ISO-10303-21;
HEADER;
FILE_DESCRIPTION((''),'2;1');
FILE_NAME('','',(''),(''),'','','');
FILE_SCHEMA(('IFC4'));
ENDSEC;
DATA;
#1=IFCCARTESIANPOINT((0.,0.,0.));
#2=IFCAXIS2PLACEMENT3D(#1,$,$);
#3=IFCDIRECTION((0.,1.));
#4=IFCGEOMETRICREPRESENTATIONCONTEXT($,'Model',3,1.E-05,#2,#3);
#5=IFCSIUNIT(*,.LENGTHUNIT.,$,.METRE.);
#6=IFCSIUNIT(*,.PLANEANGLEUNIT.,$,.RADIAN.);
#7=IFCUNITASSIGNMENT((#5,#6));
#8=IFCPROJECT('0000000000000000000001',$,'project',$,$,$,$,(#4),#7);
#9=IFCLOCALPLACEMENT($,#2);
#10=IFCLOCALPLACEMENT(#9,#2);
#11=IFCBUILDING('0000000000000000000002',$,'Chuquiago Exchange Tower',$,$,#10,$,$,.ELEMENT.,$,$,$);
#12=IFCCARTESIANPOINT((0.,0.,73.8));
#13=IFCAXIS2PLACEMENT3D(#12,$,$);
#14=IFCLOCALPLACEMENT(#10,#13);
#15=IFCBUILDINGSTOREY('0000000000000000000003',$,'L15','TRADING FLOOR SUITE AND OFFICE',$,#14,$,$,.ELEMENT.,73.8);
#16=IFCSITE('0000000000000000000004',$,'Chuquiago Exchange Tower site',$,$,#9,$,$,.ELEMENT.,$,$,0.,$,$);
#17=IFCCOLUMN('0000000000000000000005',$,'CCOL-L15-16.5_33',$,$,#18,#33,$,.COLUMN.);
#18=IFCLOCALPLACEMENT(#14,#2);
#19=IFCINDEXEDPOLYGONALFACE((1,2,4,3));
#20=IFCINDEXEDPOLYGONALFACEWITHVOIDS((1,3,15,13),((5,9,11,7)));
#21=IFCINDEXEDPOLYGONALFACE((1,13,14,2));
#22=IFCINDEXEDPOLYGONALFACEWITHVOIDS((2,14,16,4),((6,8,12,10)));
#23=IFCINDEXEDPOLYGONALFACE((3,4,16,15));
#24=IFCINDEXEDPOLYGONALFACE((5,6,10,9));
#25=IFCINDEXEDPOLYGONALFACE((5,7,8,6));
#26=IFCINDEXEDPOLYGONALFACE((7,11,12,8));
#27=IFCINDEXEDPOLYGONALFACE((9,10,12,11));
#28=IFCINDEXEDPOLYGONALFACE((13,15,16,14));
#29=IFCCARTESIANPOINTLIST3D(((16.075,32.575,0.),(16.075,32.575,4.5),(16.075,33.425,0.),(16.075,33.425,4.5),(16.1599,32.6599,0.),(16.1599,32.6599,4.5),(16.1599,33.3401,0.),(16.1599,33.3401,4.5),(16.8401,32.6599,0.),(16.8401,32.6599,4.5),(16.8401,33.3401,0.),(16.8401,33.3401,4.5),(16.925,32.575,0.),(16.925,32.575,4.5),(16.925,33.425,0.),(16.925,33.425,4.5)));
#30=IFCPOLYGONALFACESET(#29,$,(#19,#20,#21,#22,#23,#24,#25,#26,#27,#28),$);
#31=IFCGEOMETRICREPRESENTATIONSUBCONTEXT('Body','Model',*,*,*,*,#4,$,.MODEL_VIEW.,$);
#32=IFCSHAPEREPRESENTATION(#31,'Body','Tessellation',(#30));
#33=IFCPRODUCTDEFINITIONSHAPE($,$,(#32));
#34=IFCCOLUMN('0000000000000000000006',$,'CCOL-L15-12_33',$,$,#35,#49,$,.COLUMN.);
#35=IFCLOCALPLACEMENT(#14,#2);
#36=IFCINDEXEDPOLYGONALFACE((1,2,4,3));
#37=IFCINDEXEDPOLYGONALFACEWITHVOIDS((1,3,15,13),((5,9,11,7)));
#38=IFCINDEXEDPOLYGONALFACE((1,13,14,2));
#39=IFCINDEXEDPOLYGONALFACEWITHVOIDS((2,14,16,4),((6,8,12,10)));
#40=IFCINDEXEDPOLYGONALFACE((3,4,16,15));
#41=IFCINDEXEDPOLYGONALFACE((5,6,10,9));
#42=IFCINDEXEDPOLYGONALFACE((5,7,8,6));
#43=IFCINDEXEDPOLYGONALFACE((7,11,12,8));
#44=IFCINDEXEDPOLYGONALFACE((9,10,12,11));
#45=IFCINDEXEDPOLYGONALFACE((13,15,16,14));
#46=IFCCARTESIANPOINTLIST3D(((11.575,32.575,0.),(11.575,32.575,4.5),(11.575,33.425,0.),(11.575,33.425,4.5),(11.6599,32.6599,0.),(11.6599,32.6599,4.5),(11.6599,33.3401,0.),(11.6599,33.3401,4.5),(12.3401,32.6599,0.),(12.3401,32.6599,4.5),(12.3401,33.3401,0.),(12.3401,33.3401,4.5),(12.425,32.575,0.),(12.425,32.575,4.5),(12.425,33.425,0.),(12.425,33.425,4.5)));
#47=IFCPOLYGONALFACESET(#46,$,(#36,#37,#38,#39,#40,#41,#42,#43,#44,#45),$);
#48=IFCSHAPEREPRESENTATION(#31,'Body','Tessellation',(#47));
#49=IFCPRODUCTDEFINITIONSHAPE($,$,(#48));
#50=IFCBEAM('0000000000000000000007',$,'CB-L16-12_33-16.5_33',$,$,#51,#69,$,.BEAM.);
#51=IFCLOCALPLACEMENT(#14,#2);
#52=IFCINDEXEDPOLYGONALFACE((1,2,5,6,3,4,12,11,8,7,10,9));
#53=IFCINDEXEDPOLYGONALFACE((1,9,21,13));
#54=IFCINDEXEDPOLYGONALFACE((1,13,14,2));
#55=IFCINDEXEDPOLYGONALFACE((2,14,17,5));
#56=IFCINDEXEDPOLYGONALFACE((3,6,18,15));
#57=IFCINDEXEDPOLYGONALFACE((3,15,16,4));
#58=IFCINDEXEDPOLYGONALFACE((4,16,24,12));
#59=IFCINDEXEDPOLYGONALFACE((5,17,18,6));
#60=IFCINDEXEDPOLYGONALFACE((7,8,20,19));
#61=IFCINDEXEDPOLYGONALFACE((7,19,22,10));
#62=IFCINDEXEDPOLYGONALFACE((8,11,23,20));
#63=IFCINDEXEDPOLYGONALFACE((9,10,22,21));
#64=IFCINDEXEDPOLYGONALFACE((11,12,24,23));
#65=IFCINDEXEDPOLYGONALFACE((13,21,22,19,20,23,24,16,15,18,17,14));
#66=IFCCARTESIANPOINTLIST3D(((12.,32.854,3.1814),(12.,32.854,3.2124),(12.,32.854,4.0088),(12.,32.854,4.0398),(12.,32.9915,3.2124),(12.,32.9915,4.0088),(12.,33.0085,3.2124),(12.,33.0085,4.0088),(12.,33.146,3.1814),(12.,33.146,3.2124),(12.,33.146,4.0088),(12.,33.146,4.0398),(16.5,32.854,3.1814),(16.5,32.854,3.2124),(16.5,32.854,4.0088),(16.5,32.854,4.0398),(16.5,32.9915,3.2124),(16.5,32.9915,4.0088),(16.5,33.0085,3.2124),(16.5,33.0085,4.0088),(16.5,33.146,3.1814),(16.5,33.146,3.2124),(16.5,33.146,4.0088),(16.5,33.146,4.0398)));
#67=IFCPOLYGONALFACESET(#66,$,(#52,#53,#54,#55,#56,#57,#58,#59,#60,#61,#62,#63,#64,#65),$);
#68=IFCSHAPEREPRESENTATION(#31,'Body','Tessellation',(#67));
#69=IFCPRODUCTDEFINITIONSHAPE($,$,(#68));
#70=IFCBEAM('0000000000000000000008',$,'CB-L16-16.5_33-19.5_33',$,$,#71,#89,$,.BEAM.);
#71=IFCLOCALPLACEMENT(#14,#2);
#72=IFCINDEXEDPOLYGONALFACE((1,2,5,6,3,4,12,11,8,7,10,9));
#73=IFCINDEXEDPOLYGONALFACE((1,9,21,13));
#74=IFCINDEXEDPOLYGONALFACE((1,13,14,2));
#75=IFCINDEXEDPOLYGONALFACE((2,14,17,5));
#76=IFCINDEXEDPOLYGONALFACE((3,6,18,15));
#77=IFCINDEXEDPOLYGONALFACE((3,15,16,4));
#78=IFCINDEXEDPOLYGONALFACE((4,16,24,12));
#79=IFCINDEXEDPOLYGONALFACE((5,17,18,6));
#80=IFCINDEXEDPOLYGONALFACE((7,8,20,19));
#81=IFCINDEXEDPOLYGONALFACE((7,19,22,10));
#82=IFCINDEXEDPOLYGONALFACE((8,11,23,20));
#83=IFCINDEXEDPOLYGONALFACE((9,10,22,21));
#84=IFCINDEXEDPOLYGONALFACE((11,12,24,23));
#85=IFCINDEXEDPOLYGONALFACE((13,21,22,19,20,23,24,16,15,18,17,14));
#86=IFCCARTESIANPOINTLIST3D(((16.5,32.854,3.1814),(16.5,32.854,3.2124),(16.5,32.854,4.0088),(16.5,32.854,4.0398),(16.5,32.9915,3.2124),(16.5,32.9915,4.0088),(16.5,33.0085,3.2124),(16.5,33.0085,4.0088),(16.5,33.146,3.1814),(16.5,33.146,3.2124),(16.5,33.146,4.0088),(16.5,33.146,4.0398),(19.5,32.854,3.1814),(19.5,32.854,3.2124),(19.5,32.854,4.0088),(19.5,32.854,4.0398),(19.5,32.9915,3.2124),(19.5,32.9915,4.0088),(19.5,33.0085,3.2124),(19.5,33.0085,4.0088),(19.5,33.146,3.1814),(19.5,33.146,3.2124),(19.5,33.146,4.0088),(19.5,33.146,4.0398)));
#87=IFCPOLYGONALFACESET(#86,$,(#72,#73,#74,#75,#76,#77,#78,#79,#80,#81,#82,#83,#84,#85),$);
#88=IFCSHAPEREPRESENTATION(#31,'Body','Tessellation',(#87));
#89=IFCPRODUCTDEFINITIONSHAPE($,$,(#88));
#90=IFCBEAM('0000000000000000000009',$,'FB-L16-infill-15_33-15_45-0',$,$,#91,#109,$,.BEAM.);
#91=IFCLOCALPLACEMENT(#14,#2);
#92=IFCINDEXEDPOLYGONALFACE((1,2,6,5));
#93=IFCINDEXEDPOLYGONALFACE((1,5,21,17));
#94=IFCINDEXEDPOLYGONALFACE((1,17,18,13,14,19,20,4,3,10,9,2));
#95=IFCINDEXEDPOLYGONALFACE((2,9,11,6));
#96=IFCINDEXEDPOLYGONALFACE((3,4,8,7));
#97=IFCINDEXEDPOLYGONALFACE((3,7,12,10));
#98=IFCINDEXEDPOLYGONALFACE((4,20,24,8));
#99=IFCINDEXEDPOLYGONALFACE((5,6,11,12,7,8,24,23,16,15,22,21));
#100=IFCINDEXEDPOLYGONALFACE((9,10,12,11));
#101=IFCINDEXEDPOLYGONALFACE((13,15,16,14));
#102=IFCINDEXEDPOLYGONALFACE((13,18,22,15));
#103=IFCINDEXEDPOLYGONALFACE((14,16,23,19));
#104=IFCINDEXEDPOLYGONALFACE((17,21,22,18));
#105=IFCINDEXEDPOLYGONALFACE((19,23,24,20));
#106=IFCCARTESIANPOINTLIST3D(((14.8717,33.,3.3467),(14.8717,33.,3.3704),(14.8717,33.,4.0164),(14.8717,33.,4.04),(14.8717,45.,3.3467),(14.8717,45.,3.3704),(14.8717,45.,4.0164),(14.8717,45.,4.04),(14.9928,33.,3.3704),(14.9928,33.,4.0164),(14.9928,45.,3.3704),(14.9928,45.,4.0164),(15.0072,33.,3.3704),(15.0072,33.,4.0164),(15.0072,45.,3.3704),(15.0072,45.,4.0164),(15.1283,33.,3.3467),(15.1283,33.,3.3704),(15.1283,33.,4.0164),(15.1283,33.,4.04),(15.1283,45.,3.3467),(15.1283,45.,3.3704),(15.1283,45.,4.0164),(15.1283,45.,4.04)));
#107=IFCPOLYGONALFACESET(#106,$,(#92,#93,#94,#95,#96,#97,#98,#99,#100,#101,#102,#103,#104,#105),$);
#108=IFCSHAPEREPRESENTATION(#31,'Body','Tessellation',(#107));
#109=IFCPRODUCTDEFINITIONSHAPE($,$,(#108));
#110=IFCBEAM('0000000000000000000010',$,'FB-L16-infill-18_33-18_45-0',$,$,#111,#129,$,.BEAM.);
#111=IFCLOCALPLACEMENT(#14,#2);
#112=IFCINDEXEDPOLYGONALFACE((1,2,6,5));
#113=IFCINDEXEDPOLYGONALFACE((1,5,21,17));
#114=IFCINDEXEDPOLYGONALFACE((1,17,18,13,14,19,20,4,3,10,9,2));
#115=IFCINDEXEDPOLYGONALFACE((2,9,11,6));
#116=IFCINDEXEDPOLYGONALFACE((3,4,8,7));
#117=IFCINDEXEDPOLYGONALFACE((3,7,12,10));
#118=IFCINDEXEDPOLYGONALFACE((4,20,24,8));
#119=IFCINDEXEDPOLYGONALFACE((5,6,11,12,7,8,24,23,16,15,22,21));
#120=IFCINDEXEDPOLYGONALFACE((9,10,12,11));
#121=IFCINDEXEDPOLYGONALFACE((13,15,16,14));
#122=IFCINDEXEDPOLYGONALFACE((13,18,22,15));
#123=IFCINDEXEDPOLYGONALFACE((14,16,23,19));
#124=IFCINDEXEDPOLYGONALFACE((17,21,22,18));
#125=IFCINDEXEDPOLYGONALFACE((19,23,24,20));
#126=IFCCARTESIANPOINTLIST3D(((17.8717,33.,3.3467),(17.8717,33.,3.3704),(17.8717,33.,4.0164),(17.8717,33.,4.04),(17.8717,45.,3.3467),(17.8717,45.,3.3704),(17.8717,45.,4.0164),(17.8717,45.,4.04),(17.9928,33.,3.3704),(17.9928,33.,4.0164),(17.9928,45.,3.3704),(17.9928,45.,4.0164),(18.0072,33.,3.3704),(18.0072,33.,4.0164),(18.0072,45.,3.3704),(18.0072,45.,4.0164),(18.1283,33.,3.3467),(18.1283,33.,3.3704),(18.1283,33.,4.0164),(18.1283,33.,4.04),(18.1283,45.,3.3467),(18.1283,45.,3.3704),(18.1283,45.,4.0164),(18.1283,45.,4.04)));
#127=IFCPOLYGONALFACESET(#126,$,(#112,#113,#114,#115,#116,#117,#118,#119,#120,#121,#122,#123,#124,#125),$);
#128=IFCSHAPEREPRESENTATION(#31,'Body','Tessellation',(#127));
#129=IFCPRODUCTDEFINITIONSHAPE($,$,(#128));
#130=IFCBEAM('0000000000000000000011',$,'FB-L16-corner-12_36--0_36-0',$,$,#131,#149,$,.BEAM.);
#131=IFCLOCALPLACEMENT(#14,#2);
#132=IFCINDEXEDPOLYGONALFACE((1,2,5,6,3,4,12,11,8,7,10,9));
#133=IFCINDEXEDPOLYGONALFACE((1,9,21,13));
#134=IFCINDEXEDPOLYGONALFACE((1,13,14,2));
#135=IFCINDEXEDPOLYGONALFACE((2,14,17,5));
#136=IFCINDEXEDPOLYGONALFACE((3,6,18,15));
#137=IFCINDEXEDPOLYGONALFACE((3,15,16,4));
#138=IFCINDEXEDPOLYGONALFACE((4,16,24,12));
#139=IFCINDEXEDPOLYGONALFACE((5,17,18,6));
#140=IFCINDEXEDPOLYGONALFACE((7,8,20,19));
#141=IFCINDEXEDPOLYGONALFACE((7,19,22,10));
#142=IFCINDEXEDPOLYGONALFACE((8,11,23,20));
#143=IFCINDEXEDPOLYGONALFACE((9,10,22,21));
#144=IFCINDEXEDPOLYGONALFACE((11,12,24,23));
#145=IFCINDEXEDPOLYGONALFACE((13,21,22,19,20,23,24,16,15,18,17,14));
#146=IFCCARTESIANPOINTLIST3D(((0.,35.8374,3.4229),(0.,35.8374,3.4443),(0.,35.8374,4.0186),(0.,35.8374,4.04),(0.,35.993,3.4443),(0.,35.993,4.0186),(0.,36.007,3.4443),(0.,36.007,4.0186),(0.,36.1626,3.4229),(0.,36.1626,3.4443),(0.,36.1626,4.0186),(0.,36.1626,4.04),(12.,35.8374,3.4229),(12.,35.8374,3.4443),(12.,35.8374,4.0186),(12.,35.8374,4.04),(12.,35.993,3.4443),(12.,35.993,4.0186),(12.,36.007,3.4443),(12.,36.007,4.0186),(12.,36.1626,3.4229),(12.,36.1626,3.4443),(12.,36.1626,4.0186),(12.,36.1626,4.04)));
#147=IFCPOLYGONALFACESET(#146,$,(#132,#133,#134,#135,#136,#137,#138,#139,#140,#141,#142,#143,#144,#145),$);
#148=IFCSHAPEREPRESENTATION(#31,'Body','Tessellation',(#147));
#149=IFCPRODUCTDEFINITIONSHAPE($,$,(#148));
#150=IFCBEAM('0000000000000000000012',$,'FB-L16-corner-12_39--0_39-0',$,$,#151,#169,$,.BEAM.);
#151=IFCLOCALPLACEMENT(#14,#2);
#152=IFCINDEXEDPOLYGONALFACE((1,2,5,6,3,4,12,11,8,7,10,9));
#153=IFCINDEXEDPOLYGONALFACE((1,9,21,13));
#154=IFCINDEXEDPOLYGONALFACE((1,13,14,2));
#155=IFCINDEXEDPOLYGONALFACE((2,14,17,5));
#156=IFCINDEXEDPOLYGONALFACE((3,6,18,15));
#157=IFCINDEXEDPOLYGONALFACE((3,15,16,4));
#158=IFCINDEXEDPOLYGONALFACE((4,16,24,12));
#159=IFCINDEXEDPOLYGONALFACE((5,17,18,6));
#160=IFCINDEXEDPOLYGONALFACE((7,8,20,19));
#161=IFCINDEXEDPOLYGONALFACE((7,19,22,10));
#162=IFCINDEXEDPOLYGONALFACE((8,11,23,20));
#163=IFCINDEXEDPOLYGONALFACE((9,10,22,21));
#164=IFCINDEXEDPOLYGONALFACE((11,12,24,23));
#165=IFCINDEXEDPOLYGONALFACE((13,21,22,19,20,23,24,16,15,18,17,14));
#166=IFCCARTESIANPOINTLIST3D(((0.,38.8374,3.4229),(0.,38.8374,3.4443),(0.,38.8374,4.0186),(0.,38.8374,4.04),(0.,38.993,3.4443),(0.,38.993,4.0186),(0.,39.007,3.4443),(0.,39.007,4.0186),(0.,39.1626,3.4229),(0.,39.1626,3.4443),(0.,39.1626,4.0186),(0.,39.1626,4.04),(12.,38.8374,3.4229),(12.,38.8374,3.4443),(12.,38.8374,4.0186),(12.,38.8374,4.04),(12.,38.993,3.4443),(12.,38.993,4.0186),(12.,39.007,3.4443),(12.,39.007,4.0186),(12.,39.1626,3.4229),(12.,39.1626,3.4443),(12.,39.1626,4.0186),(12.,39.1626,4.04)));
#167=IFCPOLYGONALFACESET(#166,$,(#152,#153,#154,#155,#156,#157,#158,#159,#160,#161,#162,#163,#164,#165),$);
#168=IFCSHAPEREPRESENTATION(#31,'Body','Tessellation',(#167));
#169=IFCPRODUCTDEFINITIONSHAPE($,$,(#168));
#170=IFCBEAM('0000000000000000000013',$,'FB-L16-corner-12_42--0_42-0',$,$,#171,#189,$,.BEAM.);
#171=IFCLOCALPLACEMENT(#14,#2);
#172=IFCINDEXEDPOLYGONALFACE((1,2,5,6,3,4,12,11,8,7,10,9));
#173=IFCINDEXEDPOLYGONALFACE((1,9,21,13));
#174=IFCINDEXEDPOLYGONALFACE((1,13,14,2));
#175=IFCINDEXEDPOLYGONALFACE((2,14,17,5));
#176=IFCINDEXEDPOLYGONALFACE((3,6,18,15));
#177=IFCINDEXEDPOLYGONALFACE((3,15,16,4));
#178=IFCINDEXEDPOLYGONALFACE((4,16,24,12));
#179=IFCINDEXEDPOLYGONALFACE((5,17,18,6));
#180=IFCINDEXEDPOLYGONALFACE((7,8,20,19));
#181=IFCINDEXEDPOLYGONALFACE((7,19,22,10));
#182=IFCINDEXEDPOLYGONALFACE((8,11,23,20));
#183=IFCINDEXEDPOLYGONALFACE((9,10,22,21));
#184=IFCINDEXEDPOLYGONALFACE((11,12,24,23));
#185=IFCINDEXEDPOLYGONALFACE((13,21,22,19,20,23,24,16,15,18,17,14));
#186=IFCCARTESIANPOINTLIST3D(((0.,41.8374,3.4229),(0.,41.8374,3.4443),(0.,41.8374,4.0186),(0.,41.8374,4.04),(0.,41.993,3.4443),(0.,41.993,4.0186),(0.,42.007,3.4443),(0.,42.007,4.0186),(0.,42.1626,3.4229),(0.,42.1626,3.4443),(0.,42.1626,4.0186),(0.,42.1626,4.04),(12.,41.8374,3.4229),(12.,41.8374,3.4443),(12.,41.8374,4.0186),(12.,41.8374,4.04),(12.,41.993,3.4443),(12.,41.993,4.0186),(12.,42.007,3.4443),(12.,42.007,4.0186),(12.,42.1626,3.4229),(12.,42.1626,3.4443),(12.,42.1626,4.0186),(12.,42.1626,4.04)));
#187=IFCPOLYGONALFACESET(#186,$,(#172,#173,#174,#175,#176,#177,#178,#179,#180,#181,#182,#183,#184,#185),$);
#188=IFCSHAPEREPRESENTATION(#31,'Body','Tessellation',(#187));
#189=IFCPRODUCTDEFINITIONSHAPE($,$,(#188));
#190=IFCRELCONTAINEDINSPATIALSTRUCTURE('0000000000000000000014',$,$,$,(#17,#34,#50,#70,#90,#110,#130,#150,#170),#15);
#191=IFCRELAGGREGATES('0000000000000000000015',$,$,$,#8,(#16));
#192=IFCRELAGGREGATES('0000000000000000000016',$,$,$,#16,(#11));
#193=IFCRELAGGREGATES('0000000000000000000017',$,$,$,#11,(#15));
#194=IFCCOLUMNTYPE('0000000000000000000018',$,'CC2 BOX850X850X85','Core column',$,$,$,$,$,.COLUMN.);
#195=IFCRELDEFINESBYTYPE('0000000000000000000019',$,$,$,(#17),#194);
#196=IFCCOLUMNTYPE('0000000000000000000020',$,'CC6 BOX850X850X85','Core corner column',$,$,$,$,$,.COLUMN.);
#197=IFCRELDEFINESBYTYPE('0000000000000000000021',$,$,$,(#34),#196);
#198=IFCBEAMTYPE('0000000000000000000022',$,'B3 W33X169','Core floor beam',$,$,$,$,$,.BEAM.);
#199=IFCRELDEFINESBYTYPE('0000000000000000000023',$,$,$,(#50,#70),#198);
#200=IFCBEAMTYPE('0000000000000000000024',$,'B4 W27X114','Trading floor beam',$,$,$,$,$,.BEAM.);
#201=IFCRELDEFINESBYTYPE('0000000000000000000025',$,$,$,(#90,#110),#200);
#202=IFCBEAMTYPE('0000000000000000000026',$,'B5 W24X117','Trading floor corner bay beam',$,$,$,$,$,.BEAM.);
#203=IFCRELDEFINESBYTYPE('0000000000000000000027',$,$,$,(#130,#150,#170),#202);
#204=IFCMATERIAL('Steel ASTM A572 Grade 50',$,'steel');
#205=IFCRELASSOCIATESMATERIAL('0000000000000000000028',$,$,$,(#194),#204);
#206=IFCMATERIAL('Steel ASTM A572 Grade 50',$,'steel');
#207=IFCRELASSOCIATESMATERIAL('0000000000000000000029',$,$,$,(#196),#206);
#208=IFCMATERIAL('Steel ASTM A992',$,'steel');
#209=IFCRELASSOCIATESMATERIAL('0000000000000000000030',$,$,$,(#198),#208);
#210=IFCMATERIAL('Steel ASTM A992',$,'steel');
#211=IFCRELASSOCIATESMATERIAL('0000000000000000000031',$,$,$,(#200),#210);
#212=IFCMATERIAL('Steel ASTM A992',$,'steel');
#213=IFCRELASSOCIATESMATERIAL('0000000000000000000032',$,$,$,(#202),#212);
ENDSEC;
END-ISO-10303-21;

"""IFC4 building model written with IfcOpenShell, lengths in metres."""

from ifc_helpers import new_model, si_unit, direction, frame, origin, origin_2d, place, context, subcontext, project, spatial, hollow_rectangle, i_section, extrude, material, material_profile, profile_set, type_object, element, save


model = new_model("IFC4")

# Units and contexts
model_context = context("Model", 3, precision=1e-05, world=origin(), true_north=direction((0.0, 1.0)))
body_context = subcontext(model_context, "Body", "Model", "MODEL_VIEW")
ifc_project = project(units=[si_unit("LENGTHUNIT", "METRE"), si_unit("PLANEANGLEUNIT", "RADIAN")], contexts=[model_context])

# Site, building, storey
site_placement = place(None, origin())
site = spatial("IfcSite", under=ifc_project, at=site_placement, Name="Chuquiago Exchange Tower site", CompositionType="ELEMENT", RefElevation=0.0)
building_placement = place(site_placement, origin())
building = spatial("IfcBuilding", under=site, at=building_placement, Name="Chuquiago Exchange Tower", CompositionType="ELEMENT")
storey_placement = place(building_placement, frame((0.0, 0.0, 73.8)))
storey = spatial("IfcBuildingStorey", under=building, at=storey_placement, Name="L15", Description="TRADING FLOOR SUITE AND OFFICE", CompositionType="ELEMENT", Elevation=73.8)

# Columns
ifc_material_1 = material(Name="Steel ASTM A572 Grade 50", Category="steel")
ifc_material_profile_1 = material_profile(ifc_material_1, hollow_rectangle(XDim=0.8501, YDim=0.8501, WallThickness=0.085, at=origin_2d()), Name="BOX850X850X85")
ifc_profile_set_1 = profile_set([ifc_material_profile_1], Name="Steel ASTM A572 Grade 50")
column_type_1 = type_object("IfcColumnType", Name="CC2 BOX850X850X85", Description="Core column", PredefinedType="COLUMN", material=ifc_profile_set_1)
column_1_placement = place(storey_placement, frame((16.5, 33.0, 0.0), z_axis=(0.0, 0.0, 1.0), x_axis=(1.0, 0.0, 0.0)))
element("IfcColumn", 1, at=column_1_placement, inside=storey, type_object=column_type_1, Name="CCOL-L15-16.5_33", PredefinedType="COLUMN", context=body_context, shape_type="SweptSolid", body=[
    extrude(hollow_rectangle(XDim=0.8501, YDim=0.8501, WallThickness=0.085, at=origin_2d()), origin(), (0.0, 0.0, 1.0), 4.5),
])
ifc_material_2 = material(Name="Steel ASTM A572 Grade 50", Category="steel")
ifc_material_profile_2 = material_profile(ifc_material_2, hollow_rectangle(XDim=0.8501, YDim=0.8501, WallThickness=0.085, at=origin_2d()), Name="BOX850X850X85")
ifc_profile_set_2 = profile_set([ifc_material_profile_2], Name="Steel ASTM A572 Grade 50")
column_type_2 = type_object("IfcColumnType", Name="CC6 BOX850X850X85", Description="Core corner column", PredefinedType="COLUMN", material=ifc_profile_set_2)
column_2_placement = place(storey_placement, frame((12.0, 33.0, 0.0), z_axis=(0.0, 0.0, 1.0), x_axis=(1.0, 0.0, 0.0)))
element("IfcColumn", 2, at=column_2_placement, inside=storey, type_object=column_type_2, Name="CCOL-L15-12_33", PredefinedType="COLUMN", context=body_context, shape_type="SweptSolid", body=[
    extrude(hollow_rectangle(XDim=0.8501, YDim=0.8501, WallThickness=0.085, at=origin_2d()), origin(), (0.0, 0.0, 1.0), 4.5),
])

# Beams
ifc_material_3 = material(Name="Steel ASTM A992", Category="steel")
ifc_material_profile_3 = material_profile(ifc_material_3, i_section(OverallWidth=0.292, OverallDepth=0.8584, WebThickness=0.0171, FlangeThickness=0.031, at=origin_2d()), Name="W33X169")
ifc_profile_set_3 = profile_set([ifc_material_profile_3], Name="Steel ASTM A992")
beam_type_1 = type_object("IfcBeamType", Name="B3 W33X169", Description="Core floor beam", PredefinedType="BEAM", material=ifc_profile_set_3)
beam_1_placement = place(storey_placement, frame((12.0, 33.0, 3.6106), z_axis=(1.0, 0.0, 0.0), x_axis=(0.0, 1.0, 0.0)))
element("IfcBeam", 3, at=beam_1_placement, inside=storey, type_object=beam_type_1, Name="CB-L16-12_33-16.5_33", PredefinedType="BEAM", context=body_context, shape_type="SweptSolid", body=[
    extrude(i_section(OverallWidth=0.292, OverallDepth=0.8584, WebThickness=0.0171, FlangeThickness=0.031, at=origin_2d()), origin(), (0.0, 0.0, 1.0), 4.5),
])
beam_2_placement = place(storey_placement, frame((16.5, 33.0, 3.6106), z_axis=(1.0, 0.0, 0.0), x_axis=(0.0, 1.0, 0.0)))
element("IfcBeam", 4, at=beam_2_placement, inside=storey, type_object=beam_type_1, Name="CB-L16-16.5_33-19.5_33", PredefinedType="BEAM", context=body_context, shape_type="SweptSolid", body=[
    extrude(i_section(OverallWidth=0.292, OverallDepth=0.8584, WebThickness=0.0171, FlangeThickness=0.031, at=origin_2d()), origin(), (0.0, 0.0, 1.0), 3.0),
])
ifc_material_4 = material(Name="Steel ASTM A992", Category="steel")
ifc_material_profile_4 = material_profile(ifc_material_4, i_section(OverallWidth=0.2566, OverallDepth=0.6934, WebThickness=0.0144, FlangeThickness=0.0237, at=origin_2d()), Name="W27X114")
ifc_profile_set_4 = profile_set([ifc_material_profile_4], Name="Steel ASTM A992")
beam_type_2 = type_object("IfcBeamType", Name="B4 W27X114", Description="Trading floor beam", PredefinedType="BEAM", material=ifc_profile_set_4)
for number, where, z_axis, x_axis, name in (
    (5, (15.0, 33.0, 3.6934), (0.0, 1.0, 0.0), (-1.0, 0.0, 0.0), "FB-L16-infill-15_33-15_45-0"),
    (6, (18.0, 33.0, 3.6934), (0.0, 1.0, 0.0), (-1.0, 0.0, 0.0), "FB-L16-infill-18_33-18_45-0"),
):
    element("IfcBeam", number, at=place(storey_placement, frame(where, z_axis=z_axis, x_axis=x_axis)), inside=storey, type_object=beam_type_2, Name=name, PredefinedType="BEAM", context=body_context, shape_type="SweptSolid", body=[
        extrude(i_section(OverallWidth=0.2566, OverallDepth=0.6934, WebThickness=0.0144, FlangeThickness=0.0237, at=origin_2d()), origin(), (0.0, 0.0, 1.0), 12.0),
    ])
ifc_material_5 = material(Name="Steel ASTM A992", Category="steel")
ifc_material_profile_5 = material_profile(ifc_material_5, i_section(OverallWidth=0.3252, OverallDepth=0.6172, WebThickness=0.0139, FlangeThickness=0.0215, at=origin_2d()), Name="W24X117")
ifc_profile_set_5 = profile_set([ifc_material_profile_5], Name="Steel ASTM A992")
beam_type_3 = type_object("IfcBeamType", Name="B5 W24X117", Description="Trading floor corner bay beam", PredefinedType="BEAM", material=ifc_profile_set_5)
for number, where, z_axis, x_axis, name in (
    (7, (12.0, 36.0, 3.7314), (-1.0, 0.0, 0.0), (0.0, -1.0, 0.0), "FB-L16-corner-12_36--0_36-0"),
    (8, (12.0, 39.0, 3.7314), (-1.0, 0.0, 0.0), (0.0, -1.0, 0.0), "FB-L16-corner-12_39--0_39-0"),
    (9, (12.0, 42.0, 3.7314), (-1.0, 0.0, 0.0), (0.0, -1.0, 0.0), "FB-L16-corner-12_42--0_42-0"),
):
    element("IfcBeam", number, at=place(storey_placement, frame(where, z_axis=z_axis, x_axis=x_axis)), inside=storey, type_object=beam_type_3, Name=name, PredefinedType="BEAM", context=body_context, shape_type="SweptSolid", body=[
        extrude(i_section(OverallWidth=0.3252, OverallDepth=0.6172, WebThickness=0.0139, FlangeThickness=0.0215, at=origin_2d()), origin(), (0.0, 0.0, 1.0), 12.0),
    ])

save(model, "model.ifc")
